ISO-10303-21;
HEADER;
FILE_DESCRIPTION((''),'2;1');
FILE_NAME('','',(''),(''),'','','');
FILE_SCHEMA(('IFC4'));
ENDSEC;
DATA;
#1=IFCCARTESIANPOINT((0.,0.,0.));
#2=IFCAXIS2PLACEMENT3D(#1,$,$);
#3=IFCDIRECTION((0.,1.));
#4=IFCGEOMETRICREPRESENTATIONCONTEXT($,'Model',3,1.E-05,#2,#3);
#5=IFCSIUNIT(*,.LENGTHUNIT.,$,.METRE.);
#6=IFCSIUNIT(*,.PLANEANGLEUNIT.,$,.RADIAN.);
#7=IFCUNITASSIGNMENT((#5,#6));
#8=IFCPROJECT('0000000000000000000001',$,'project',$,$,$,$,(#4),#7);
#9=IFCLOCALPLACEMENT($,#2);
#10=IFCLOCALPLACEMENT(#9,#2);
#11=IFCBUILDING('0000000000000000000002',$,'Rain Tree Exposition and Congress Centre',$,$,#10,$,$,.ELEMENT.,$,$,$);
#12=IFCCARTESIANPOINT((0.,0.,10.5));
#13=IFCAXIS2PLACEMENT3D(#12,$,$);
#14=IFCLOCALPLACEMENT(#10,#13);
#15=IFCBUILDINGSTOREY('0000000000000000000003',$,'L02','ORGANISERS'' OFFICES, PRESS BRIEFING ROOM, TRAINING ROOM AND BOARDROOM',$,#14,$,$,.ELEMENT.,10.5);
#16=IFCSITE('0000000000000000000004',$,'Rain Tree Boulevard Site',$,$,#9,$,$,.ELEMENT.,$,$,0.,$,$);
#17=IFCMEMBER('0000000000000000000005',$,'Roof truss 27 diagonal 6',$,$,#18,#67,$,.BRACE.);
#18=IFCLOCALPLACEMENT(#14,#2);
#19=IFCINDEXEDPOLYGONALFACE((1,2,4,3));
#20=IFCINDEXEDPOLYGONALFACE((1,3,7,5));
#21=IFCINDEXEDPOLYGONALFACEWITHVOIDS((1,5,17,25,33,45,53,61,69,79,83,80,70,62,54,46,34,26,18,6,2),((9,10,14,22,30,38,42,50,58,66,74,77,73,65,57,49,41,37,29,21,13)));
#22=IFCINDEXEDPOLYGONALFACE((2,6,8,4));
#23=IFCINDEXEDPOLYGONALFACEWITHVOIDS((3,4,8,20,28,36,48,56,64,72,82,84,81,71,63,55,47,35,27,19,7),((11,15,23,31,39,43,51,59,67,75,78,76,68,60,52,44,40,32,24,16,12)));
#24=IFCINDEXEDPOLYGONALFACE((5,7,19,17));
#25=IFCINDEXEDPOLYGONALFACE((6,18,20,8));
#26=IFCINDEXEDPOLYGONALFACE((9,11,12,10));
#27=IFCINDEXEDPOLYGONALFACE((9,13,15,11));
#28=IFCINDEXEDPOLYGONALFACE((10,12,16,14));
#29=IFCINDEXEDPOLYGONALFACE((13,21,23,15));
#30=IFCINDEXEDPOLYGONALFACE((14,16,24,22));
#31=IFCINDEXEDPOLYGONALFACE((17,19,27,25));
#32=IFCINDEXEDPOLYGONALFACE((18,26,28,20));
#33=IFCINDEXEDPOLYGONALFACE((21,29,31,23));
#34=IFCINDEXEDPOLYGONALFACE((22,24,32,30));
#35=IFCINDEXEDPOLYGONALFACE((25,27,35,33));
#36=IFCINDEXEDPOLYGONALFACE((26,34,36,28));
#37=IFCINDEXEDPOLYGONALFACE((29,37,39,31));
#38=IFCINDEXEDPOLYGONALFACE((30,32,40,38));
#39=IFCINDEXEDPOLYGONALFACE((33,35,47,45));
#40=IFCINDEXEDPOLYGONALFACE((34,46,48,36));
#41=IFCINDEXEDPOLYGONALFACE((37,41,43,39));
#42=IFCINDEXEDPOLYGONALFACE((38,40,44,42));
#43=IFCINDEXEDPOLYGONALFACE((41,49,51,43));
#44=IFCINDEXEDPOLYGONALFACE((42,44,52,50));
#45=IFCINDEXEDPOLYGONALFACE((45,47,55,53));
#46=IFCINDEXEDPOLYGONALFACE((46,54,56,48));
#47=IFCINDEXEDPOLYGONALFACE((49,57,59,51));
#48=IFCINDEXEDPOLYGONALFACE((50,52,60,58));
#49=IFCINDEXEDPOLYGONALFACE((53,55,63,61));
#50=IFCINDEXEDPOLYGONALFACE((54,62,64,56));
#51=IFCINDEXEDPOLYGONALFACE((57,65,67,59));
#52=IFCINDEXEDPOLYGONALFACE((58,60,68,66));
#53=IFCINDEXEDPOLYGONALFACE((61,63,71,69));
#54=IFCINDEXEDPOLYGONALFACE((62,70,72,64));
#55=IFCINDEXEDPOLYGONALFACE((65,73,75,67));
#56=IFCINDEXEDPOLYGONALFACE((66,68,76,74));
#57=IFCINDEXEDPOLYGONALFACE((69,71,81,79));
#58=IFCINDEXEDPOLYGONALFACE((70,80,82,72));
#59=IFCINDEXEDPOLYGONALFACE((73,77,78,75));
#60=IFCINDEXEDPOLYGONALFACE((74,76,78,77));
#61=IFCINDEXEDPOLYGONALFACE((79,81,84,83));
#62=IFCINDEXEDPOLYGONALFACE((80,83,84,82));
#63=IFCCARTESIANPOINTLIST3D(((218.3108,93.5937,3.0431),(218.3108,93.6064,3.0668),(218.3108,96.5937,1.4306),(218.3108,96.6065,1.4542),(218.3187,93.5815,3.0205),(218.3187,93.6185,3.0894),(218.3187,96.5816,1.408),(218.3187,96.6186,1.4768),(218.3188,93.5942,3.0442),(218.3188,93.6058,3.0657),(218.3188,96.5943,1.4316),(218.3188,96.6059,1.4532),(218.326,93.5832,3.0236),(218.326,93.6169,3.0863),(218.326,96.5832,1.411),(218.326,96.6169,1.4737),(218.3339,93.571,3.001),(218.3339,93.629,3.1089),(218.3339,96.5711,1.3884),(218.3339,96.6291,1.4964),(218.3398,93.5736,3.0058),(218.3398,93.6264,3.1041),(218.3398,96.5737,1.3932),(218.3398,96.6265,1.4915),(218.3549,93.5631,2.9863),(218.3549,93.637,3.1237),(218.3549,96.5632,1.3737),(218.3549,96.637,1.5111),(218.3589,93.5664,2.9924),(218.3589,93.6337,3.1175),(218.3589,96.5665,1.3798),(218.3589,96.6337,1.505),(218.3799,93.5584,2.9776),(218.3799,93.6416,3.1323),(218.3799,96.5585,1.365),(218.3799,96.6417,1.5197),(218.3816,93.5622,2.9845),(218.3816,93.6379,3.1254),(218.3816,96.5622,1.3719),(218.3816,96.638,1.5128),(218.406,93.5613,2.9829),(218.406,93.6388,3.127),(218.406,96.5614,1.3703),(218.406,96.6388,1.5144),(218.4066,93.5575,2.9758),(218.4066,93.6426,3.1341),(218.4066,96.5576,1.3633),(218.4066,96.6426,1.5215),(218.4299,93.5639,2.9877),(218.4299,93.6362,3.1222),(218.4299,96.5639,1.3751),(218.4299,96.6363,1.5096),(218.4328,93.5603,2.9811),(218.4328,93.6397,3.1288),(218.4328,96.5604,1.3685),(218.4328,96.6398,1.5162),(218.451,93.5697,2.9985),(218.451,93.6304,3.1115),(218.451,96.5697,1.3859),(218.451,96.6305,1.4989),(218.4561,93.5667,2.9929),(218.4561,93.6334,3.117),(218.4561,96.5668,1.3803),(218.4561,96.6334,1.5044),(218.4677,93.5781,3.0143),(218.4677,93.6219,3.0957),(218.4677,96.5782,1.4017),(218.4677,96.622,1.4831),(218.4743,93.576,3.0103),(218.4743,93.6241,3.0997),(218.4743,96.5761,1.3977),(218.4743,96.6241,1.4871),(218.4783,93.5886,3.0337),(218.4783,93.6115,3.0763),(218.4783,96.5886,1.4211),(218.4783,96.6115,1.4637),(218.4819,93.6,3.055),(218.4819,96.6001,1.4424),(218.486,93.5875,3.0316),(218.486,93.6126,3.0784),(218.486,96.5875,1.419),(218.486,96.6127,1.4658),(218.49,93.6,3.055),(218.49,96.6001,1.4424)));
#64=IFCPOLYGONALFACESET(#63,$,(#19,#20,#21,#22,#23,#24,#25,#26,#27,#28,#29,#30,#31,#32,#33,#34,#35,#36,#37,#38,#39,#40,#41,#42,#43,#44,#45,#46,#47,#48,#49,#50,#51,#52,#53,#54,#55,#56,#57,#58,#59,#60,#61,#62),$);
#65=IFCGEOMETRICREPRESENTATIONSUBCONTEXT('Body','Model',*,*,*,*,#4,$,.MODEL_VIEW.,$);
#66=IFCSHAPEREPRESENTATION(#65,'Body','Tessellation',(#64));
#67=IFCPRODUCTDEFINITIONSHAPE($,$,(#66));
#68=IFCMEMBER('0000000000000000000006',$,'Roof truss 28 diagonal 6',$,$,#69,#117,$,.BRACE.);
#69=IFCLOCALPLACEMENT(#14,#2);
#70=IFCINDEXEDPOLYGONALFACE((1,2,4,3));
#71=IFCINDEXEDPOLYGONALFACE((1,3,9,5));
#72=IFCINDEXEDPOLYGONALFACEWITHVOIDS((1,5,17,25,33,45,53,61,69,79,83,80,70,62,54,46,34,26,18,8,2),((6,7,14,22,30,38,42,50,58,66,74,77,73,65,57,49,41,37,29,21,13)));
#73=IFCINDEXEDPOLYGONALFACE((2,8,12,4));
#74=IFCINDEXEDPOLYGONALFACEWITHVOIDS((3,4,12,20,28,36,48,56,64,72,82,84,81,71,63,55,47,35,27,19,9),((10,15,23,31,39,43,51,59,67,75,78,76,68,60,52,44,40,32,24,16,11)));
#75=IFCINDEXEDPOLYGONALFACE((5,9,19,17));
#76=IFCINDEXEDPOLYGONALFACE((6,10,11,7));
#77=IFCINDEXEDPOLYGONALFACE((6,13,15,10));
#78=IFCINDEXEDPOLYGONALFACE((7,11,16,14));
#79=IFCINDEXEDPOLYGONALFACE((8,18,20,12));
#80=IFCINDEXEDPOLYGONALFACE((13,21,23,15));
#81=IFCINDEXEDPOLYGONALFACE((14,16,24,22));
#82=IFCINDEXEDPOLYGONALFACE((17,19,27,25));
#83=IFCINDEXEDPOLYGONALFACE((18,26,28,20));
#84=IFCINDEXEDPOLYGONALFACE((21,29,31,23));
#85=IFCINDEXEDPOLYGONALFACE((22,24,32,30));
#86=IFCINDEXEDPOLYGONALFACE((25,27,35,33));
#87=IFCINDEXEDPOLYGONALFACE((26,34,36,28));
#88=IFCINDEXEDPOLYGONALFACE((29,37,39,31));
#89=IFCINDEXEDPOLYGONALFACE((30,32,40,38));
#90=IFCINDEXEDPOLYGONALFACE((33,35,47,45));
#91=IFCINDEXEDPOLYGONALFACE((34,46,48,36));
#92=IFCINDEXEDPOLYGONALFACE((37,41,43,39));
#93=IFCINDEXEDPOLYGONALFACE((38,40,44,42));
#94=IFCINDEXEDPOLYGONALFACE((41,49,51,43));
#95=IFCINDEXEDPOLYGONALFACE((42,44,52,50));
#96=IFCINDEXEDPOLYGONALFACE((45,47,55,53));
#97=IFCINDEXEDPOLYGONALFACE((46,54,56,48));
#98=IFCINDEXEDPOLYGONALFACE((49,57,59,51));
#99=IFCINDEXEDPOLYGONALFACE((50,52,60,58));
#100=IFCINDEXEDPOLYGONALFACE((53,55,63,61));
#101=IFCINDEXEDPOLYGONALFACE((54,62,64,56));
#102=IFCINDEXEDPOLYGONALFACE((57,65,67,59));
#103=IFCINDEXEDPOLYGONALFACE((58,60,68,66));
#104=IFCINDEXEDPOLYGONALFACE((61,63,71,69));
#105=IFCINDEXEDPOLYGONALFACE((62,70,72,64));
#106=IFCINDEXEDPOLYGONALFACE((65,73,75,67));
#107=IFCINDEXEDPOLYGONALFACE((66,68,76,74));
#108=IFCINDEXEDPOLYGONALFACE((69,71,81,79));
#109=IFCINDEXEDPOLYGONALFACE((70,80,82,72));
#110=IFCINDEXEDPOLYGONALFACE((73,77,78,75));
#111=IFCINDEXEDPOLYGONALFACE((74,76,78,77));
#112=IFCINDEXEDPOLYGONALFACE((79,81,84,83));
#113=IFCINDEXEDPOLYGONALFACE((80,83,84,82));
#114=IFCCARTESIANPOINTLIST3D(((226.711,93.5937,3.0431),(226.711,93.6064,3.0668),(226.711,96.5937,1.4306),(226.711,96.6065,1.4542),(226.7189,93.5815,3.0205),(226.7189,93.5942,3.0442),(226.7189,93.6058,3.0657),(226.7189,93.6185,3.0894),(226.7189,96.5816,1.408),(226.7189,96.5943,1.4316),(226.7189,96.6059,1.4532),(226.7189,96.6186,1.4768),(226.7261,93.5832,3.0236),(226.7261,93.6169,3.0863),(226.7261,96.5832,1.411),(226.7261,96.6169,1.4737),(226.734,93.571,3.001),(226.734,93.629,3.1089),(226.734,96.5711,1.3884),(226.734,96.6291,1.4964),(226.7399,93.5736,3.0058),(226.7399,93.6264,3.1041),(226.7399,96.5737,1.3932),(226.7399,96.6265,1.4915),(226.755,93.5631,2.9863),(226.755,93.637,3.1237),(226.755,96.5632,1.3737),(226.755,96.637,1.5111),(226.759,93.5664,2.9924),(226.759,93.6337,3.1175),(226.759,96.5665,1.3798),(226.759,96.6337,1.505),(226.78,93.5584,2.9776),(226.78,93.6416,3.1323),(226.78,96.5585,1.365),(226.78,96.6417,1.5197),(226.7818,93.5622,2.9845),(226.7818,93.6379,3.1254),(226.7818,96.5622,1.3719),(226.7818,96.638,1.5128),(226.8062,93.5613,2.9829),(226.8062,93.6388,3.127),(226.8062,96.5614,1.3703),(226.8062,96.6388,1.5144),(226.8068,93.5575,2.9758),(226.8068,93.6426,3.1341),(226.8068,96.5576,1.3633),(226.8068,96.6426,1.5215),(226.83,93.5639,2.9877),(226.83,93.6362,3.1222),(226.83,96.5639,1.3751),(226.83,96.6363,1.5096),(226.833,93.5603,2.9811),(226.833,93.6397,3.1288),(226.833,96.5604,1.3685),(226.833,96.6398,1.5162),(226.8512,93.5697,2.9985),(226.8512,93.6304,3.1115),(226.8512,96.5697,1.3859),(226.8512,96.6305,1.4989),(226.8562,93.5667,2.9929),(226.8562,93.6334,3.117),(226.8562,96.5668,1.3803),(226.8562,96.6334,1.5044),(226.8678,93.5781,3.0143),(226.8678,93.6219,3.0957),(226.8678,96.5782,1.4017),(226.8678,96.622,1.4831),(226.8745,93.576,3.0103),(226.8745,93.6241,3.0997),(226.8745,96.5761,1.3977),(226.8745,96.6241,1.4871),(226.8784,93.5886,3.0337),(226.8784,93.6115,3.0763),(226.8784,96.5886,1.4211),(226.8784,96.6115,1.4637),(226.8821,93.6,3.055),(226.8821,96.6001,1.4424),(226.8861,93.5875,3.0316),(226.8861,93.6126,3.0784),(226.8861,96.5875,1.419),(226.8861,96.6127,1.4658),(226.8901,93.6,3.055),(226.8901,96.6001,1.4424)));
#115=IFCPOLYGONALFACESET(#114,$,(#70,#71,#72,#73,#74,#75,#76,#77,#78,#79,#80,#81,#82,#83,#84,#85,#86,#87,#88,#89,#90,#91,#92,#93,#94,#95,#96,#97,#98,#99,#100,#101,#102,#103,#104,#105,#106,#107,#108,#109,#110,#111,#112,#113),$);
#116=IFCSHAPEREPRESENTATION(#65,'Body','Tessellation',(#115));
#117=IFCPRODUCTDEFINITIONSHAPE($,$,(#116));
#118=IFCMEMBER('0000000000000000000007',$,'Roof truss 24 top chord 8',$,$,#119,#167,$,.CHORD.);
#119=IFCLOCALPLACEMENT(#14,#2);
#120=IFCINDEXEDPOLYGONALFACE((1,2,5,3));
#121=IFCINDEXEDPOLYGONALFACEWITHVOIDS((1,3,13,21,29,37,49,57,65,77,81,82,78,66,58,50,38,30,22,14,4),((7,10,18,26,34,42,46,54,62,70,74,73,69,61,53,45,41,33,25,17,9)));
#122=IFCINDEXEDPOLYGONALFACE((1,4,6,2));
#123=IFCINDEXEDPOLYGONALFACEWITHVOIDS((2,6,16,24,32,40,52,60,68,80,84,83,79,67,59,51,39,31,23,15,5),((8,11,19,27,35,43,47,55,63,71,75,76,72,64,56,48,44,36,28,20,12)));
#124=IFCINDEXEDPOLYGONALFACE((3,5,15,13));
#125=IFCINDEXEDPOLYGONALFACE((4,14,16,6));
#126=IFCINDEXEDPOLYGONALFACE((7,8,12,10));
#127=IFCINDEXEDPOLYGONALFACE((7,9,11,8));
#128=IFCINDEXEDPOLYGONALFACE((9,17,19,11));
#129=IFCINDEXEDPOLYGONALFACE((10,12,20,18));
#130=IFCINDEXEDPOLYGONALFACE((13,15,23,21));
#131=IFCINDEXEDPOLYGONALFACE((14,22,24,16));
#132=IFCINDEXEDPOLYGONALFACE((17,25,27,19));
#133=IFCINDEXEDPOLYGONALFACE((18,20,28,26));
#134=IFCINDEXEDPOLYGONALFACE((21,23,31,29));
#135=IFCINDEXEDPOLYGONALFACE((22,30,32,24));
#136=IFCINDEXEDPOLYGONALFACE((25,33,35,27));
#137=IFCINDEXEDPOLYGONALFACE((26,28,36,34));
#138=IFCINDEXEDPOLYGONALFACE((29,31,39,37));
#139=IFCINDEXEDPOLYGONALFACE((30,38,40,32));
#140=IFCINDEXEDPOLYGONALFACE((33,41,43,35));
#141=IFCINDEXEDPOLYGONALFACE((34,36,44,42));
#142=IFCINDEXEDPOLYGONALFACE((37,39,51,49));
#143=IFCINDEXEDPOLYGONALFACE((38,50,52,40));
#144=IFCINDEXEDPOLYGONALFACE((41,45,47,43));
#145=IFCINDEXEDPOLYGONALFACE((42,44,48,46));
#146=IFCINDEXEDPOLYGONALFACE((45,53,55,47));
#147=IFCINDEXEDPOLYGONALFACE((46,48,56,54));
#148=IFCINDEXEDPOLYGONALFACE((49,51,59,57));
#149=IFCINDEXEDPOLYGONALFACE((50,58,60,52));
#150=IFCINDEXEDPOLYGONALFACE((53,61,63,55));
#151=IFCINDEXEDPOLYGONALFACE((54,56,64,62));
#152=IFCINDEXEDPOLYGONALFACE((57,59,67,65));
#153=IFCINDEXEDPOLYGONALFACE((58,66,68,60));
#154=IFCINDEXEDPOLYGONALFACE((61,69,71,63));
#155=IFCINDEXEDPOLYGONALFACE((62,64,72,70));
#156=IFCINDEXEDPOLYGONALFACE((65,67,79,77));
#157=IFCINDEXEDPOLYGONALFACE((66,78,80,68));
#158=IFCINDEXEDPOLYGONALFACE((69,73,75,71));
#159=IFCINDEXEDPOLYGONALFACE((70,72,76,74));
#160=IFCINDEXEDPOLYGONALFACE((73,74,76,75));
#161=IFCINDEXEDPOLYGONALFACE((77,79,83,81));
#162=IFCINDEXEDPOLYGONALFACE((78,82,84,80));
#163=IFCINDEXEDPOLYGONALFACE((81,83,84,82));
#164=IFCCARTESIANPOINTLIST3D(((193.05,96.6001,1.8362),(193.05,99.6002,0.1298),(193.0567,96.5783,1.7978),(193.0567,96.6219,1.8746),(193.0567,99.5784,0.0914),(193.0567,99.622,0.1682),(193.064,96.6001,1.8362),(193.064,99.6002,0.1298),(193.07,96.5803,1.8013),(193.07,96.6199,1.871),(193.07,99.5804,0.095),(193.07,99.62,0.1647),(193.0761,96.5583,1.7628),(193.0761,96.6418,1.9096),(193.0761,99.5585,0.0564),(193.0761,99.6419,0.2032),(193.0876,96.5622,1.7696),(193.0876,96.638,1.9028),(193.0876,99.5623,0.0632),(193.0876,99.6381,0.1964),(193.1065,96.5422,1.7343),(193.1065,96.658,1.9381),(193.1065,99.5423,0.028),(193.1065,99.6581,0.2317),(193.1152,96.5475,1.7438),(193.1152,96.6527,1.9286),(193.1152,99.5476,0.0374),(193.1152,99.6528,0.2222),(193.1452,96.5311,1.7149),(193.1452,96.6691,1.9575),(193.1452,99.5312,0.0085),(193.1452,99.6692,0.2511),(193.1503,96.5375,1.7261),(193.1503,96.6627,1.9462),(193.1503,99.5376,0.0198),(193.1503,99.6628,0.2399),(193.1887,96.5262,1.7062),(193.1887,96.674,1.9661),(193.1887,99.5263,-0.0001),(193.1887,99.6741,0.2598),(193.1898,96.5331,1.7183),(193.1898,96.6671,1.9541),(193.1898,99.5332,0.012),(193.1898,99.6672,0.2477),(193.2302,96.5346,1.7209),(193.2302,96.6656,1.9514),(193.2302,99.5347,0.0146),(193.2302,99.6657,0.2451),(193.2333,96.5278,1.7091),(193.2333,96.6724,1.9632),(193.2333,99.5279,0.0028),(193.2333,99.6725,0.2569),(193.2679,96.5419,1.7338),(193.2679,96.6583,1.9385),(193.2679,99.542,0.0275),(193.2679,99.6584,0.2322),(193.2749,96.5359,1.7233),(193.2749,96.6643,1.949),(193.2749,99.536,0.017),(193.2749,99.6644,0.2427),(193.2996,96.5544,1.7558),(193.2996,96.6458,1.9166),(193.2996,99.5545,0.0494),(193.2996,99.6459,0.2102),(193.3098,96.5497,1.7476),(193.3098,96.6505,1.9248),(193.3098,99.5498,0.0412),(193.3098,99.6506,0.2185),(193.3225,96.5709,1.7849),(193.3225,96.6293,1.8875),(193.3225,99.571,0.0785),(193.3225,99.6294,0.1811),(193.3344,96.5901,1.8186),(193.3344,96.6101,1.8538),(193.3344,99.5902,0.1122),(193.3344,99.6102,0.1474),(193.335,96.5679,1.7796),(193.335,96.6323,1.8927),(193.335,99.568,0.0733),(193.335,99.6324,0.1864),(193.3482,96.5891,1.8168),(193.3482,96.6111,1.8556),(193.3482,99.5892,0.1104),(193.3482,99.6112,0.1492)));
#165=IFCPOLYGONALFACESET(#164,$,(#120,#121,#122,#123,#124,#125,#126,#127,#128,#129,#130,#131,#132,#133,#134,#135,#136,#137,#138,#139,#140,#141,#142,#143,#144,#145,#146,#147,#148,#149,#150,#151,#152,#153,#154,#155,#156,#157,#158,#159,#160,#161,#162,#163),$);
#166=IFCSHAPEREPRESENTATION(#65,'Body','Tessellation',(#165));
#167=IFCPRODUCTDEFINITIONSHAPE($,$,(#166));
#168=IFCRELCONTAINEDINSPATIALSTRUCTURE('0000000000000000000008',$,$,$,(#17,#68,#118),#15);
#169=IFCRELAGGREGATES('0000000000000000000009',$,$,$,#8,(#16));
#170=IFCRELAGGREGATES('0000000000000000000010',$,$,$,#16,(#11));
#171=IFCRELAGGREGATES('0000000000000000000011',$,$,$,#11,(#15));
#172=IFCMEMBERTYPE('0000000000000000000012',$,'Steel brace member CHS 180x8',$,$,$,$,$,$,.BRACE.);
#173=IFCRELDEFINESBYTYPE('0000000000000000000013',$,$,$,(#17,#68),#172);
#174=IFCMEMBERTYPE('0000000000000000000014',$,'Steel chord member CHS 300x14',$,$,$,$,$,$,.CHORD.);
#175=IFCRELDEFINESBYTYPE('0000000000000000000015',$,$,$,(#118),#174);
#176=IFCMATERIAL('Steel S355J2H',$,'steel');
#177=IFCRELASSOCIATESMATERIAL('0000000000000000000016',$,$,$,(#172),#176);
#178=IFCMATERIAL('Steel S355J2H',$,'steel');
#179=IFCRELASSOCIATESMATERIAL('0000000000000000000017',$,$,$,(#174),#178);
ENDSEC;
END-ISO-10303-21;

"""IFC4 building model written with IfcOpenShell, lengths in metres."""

from ifc_helpers import new_model, si_unit, direction, frame, origin, origin_2d, place, context, subcontext, project, spatial, hollow_circle, extrude, material, material_profile, profile_set, type_object, element, save


model = new_model("IFC4")

# Units and contexts
model_context = context("Model", 3, precision=1e-05, world=origin(), true_north=direction((0.0, 1.0)))
body_context = subcontext(model_context, "Body", "Model", "MODEL_VIEW")
ifc_project = project(units=[si_unit("LENGTHUNIT", "METRE"), si_unit("PLANEANGLEUNIT", "RADIAN")], contexts=[model_context])

# Site, building, storey
site_placement = place(None, origin())
site = spatial("IfcSite", under=ifc_project, at=site_placement, Name="Rain Tree Boulevard Site", CompositionType="ELEMENT", RefElevation=0.0)
building_placement = place(site_placement, origin())
building = spatial("IfcBuilding", under=site, at=building_placement, Name="Rain Tree Exposition and Congress Centre", CompositionType="ELEMENT")
storey_placement = place(building_placement, frame((0.0, 0.0, 10.5)))
storey = spatial("IfcBuildingStorey", under=building, at=storey_placement, Name="L02", Description="ORGANISERS' OFFICES, PRESS BRIEFING ROOM, TRAINING ROOM AND BOARDROOM", CompositionType="ELEMENT", Elevation=10.5)

# Members
ifc_material_1 = material(Name="Steel S355J2H", Category="steel")
ifc_material_profile_1 = material_profile(ifc_material_1, hollow_circle(Radius=0.0901, WallThickness=0.0081, at=origin_2d()), Name="CHS 180x8")
ifc_profile_set_1 = profile_set([ifc_material_profile_1], Name="Steel S355J2H")
member_type_1 = type_object("IfcMemberType", Name="Steel brace member CHS 180x8", PredefinedType="BRACE", material=ifc_profile_set_1)
for number, where, z_axis, x_axis, name in (
    (1, (218.3999, 96.6001, 1.4424), (0.0, -0.880818, 0.473454), (1.0, 0.0, 0.0), "Roof truss 27 diagonal 6"),
    (2, (226.8, 96.6001, 1.4424), (0.0, -0.880818, 0.473454), (1.0, 0.0, 0.0), "Roof truss 28 diagonal 6"),
):
    element("IfcMember", number, at=place(storey_placement, frame(where, z_axis=z_axis, x_axis=x_axis)), inside=storey, type_object=member_type_1, Name=name, PredefinedType="BRACE", context=body_context, shape_type="SweptSolid", body=[
        extrude(hollow_circle(Radius=0.0901, WallThickness=0.0081, at=origin_2d()), origin(), (0.0, 0.0, 1.0), 3.406),
    ])
ifc_material_2 = material(Name="Steel S355J2H", Category="steel")
ifc_material_profile_2 = material_profile(ifc_material_2, hollow_circle(Radius=0.1499, WallThickness=0.0139, at=origin_2d()), Name="CHS 300x14")
ifc_profile_set_2 = profile_set([ifc_material_profile_2], Name="Steel S355J2H")
member_type_2 = type_object("IfcMemberType", Name="Steel chord member CHS 300x14", PredefinedType="CHORD", material=ifc_profile_set_2)
member_1_placement = place(storey_placement, frame((193.2, 96.6001, 1.8362), z_axis=(0.0, 0.869238, -0.494393), x_axis=(-1.0, 0.0, 0.0)))
element("IfcMember", 3, at=member_1_placement, inside=storey, type_object=member_type_2, Name="Roof truss 24 top chord 8", PredefinedType="CHORD", context=body_context, shape_type="SweptSolid", body=[
    extrude(hollow_circle(Radius=0.1499, WallThickness=0.0139, at=origin_2d()), origin(), (0.0, 0.0, 1.0), 3.4514),
])

save(model, "model.ifc")
